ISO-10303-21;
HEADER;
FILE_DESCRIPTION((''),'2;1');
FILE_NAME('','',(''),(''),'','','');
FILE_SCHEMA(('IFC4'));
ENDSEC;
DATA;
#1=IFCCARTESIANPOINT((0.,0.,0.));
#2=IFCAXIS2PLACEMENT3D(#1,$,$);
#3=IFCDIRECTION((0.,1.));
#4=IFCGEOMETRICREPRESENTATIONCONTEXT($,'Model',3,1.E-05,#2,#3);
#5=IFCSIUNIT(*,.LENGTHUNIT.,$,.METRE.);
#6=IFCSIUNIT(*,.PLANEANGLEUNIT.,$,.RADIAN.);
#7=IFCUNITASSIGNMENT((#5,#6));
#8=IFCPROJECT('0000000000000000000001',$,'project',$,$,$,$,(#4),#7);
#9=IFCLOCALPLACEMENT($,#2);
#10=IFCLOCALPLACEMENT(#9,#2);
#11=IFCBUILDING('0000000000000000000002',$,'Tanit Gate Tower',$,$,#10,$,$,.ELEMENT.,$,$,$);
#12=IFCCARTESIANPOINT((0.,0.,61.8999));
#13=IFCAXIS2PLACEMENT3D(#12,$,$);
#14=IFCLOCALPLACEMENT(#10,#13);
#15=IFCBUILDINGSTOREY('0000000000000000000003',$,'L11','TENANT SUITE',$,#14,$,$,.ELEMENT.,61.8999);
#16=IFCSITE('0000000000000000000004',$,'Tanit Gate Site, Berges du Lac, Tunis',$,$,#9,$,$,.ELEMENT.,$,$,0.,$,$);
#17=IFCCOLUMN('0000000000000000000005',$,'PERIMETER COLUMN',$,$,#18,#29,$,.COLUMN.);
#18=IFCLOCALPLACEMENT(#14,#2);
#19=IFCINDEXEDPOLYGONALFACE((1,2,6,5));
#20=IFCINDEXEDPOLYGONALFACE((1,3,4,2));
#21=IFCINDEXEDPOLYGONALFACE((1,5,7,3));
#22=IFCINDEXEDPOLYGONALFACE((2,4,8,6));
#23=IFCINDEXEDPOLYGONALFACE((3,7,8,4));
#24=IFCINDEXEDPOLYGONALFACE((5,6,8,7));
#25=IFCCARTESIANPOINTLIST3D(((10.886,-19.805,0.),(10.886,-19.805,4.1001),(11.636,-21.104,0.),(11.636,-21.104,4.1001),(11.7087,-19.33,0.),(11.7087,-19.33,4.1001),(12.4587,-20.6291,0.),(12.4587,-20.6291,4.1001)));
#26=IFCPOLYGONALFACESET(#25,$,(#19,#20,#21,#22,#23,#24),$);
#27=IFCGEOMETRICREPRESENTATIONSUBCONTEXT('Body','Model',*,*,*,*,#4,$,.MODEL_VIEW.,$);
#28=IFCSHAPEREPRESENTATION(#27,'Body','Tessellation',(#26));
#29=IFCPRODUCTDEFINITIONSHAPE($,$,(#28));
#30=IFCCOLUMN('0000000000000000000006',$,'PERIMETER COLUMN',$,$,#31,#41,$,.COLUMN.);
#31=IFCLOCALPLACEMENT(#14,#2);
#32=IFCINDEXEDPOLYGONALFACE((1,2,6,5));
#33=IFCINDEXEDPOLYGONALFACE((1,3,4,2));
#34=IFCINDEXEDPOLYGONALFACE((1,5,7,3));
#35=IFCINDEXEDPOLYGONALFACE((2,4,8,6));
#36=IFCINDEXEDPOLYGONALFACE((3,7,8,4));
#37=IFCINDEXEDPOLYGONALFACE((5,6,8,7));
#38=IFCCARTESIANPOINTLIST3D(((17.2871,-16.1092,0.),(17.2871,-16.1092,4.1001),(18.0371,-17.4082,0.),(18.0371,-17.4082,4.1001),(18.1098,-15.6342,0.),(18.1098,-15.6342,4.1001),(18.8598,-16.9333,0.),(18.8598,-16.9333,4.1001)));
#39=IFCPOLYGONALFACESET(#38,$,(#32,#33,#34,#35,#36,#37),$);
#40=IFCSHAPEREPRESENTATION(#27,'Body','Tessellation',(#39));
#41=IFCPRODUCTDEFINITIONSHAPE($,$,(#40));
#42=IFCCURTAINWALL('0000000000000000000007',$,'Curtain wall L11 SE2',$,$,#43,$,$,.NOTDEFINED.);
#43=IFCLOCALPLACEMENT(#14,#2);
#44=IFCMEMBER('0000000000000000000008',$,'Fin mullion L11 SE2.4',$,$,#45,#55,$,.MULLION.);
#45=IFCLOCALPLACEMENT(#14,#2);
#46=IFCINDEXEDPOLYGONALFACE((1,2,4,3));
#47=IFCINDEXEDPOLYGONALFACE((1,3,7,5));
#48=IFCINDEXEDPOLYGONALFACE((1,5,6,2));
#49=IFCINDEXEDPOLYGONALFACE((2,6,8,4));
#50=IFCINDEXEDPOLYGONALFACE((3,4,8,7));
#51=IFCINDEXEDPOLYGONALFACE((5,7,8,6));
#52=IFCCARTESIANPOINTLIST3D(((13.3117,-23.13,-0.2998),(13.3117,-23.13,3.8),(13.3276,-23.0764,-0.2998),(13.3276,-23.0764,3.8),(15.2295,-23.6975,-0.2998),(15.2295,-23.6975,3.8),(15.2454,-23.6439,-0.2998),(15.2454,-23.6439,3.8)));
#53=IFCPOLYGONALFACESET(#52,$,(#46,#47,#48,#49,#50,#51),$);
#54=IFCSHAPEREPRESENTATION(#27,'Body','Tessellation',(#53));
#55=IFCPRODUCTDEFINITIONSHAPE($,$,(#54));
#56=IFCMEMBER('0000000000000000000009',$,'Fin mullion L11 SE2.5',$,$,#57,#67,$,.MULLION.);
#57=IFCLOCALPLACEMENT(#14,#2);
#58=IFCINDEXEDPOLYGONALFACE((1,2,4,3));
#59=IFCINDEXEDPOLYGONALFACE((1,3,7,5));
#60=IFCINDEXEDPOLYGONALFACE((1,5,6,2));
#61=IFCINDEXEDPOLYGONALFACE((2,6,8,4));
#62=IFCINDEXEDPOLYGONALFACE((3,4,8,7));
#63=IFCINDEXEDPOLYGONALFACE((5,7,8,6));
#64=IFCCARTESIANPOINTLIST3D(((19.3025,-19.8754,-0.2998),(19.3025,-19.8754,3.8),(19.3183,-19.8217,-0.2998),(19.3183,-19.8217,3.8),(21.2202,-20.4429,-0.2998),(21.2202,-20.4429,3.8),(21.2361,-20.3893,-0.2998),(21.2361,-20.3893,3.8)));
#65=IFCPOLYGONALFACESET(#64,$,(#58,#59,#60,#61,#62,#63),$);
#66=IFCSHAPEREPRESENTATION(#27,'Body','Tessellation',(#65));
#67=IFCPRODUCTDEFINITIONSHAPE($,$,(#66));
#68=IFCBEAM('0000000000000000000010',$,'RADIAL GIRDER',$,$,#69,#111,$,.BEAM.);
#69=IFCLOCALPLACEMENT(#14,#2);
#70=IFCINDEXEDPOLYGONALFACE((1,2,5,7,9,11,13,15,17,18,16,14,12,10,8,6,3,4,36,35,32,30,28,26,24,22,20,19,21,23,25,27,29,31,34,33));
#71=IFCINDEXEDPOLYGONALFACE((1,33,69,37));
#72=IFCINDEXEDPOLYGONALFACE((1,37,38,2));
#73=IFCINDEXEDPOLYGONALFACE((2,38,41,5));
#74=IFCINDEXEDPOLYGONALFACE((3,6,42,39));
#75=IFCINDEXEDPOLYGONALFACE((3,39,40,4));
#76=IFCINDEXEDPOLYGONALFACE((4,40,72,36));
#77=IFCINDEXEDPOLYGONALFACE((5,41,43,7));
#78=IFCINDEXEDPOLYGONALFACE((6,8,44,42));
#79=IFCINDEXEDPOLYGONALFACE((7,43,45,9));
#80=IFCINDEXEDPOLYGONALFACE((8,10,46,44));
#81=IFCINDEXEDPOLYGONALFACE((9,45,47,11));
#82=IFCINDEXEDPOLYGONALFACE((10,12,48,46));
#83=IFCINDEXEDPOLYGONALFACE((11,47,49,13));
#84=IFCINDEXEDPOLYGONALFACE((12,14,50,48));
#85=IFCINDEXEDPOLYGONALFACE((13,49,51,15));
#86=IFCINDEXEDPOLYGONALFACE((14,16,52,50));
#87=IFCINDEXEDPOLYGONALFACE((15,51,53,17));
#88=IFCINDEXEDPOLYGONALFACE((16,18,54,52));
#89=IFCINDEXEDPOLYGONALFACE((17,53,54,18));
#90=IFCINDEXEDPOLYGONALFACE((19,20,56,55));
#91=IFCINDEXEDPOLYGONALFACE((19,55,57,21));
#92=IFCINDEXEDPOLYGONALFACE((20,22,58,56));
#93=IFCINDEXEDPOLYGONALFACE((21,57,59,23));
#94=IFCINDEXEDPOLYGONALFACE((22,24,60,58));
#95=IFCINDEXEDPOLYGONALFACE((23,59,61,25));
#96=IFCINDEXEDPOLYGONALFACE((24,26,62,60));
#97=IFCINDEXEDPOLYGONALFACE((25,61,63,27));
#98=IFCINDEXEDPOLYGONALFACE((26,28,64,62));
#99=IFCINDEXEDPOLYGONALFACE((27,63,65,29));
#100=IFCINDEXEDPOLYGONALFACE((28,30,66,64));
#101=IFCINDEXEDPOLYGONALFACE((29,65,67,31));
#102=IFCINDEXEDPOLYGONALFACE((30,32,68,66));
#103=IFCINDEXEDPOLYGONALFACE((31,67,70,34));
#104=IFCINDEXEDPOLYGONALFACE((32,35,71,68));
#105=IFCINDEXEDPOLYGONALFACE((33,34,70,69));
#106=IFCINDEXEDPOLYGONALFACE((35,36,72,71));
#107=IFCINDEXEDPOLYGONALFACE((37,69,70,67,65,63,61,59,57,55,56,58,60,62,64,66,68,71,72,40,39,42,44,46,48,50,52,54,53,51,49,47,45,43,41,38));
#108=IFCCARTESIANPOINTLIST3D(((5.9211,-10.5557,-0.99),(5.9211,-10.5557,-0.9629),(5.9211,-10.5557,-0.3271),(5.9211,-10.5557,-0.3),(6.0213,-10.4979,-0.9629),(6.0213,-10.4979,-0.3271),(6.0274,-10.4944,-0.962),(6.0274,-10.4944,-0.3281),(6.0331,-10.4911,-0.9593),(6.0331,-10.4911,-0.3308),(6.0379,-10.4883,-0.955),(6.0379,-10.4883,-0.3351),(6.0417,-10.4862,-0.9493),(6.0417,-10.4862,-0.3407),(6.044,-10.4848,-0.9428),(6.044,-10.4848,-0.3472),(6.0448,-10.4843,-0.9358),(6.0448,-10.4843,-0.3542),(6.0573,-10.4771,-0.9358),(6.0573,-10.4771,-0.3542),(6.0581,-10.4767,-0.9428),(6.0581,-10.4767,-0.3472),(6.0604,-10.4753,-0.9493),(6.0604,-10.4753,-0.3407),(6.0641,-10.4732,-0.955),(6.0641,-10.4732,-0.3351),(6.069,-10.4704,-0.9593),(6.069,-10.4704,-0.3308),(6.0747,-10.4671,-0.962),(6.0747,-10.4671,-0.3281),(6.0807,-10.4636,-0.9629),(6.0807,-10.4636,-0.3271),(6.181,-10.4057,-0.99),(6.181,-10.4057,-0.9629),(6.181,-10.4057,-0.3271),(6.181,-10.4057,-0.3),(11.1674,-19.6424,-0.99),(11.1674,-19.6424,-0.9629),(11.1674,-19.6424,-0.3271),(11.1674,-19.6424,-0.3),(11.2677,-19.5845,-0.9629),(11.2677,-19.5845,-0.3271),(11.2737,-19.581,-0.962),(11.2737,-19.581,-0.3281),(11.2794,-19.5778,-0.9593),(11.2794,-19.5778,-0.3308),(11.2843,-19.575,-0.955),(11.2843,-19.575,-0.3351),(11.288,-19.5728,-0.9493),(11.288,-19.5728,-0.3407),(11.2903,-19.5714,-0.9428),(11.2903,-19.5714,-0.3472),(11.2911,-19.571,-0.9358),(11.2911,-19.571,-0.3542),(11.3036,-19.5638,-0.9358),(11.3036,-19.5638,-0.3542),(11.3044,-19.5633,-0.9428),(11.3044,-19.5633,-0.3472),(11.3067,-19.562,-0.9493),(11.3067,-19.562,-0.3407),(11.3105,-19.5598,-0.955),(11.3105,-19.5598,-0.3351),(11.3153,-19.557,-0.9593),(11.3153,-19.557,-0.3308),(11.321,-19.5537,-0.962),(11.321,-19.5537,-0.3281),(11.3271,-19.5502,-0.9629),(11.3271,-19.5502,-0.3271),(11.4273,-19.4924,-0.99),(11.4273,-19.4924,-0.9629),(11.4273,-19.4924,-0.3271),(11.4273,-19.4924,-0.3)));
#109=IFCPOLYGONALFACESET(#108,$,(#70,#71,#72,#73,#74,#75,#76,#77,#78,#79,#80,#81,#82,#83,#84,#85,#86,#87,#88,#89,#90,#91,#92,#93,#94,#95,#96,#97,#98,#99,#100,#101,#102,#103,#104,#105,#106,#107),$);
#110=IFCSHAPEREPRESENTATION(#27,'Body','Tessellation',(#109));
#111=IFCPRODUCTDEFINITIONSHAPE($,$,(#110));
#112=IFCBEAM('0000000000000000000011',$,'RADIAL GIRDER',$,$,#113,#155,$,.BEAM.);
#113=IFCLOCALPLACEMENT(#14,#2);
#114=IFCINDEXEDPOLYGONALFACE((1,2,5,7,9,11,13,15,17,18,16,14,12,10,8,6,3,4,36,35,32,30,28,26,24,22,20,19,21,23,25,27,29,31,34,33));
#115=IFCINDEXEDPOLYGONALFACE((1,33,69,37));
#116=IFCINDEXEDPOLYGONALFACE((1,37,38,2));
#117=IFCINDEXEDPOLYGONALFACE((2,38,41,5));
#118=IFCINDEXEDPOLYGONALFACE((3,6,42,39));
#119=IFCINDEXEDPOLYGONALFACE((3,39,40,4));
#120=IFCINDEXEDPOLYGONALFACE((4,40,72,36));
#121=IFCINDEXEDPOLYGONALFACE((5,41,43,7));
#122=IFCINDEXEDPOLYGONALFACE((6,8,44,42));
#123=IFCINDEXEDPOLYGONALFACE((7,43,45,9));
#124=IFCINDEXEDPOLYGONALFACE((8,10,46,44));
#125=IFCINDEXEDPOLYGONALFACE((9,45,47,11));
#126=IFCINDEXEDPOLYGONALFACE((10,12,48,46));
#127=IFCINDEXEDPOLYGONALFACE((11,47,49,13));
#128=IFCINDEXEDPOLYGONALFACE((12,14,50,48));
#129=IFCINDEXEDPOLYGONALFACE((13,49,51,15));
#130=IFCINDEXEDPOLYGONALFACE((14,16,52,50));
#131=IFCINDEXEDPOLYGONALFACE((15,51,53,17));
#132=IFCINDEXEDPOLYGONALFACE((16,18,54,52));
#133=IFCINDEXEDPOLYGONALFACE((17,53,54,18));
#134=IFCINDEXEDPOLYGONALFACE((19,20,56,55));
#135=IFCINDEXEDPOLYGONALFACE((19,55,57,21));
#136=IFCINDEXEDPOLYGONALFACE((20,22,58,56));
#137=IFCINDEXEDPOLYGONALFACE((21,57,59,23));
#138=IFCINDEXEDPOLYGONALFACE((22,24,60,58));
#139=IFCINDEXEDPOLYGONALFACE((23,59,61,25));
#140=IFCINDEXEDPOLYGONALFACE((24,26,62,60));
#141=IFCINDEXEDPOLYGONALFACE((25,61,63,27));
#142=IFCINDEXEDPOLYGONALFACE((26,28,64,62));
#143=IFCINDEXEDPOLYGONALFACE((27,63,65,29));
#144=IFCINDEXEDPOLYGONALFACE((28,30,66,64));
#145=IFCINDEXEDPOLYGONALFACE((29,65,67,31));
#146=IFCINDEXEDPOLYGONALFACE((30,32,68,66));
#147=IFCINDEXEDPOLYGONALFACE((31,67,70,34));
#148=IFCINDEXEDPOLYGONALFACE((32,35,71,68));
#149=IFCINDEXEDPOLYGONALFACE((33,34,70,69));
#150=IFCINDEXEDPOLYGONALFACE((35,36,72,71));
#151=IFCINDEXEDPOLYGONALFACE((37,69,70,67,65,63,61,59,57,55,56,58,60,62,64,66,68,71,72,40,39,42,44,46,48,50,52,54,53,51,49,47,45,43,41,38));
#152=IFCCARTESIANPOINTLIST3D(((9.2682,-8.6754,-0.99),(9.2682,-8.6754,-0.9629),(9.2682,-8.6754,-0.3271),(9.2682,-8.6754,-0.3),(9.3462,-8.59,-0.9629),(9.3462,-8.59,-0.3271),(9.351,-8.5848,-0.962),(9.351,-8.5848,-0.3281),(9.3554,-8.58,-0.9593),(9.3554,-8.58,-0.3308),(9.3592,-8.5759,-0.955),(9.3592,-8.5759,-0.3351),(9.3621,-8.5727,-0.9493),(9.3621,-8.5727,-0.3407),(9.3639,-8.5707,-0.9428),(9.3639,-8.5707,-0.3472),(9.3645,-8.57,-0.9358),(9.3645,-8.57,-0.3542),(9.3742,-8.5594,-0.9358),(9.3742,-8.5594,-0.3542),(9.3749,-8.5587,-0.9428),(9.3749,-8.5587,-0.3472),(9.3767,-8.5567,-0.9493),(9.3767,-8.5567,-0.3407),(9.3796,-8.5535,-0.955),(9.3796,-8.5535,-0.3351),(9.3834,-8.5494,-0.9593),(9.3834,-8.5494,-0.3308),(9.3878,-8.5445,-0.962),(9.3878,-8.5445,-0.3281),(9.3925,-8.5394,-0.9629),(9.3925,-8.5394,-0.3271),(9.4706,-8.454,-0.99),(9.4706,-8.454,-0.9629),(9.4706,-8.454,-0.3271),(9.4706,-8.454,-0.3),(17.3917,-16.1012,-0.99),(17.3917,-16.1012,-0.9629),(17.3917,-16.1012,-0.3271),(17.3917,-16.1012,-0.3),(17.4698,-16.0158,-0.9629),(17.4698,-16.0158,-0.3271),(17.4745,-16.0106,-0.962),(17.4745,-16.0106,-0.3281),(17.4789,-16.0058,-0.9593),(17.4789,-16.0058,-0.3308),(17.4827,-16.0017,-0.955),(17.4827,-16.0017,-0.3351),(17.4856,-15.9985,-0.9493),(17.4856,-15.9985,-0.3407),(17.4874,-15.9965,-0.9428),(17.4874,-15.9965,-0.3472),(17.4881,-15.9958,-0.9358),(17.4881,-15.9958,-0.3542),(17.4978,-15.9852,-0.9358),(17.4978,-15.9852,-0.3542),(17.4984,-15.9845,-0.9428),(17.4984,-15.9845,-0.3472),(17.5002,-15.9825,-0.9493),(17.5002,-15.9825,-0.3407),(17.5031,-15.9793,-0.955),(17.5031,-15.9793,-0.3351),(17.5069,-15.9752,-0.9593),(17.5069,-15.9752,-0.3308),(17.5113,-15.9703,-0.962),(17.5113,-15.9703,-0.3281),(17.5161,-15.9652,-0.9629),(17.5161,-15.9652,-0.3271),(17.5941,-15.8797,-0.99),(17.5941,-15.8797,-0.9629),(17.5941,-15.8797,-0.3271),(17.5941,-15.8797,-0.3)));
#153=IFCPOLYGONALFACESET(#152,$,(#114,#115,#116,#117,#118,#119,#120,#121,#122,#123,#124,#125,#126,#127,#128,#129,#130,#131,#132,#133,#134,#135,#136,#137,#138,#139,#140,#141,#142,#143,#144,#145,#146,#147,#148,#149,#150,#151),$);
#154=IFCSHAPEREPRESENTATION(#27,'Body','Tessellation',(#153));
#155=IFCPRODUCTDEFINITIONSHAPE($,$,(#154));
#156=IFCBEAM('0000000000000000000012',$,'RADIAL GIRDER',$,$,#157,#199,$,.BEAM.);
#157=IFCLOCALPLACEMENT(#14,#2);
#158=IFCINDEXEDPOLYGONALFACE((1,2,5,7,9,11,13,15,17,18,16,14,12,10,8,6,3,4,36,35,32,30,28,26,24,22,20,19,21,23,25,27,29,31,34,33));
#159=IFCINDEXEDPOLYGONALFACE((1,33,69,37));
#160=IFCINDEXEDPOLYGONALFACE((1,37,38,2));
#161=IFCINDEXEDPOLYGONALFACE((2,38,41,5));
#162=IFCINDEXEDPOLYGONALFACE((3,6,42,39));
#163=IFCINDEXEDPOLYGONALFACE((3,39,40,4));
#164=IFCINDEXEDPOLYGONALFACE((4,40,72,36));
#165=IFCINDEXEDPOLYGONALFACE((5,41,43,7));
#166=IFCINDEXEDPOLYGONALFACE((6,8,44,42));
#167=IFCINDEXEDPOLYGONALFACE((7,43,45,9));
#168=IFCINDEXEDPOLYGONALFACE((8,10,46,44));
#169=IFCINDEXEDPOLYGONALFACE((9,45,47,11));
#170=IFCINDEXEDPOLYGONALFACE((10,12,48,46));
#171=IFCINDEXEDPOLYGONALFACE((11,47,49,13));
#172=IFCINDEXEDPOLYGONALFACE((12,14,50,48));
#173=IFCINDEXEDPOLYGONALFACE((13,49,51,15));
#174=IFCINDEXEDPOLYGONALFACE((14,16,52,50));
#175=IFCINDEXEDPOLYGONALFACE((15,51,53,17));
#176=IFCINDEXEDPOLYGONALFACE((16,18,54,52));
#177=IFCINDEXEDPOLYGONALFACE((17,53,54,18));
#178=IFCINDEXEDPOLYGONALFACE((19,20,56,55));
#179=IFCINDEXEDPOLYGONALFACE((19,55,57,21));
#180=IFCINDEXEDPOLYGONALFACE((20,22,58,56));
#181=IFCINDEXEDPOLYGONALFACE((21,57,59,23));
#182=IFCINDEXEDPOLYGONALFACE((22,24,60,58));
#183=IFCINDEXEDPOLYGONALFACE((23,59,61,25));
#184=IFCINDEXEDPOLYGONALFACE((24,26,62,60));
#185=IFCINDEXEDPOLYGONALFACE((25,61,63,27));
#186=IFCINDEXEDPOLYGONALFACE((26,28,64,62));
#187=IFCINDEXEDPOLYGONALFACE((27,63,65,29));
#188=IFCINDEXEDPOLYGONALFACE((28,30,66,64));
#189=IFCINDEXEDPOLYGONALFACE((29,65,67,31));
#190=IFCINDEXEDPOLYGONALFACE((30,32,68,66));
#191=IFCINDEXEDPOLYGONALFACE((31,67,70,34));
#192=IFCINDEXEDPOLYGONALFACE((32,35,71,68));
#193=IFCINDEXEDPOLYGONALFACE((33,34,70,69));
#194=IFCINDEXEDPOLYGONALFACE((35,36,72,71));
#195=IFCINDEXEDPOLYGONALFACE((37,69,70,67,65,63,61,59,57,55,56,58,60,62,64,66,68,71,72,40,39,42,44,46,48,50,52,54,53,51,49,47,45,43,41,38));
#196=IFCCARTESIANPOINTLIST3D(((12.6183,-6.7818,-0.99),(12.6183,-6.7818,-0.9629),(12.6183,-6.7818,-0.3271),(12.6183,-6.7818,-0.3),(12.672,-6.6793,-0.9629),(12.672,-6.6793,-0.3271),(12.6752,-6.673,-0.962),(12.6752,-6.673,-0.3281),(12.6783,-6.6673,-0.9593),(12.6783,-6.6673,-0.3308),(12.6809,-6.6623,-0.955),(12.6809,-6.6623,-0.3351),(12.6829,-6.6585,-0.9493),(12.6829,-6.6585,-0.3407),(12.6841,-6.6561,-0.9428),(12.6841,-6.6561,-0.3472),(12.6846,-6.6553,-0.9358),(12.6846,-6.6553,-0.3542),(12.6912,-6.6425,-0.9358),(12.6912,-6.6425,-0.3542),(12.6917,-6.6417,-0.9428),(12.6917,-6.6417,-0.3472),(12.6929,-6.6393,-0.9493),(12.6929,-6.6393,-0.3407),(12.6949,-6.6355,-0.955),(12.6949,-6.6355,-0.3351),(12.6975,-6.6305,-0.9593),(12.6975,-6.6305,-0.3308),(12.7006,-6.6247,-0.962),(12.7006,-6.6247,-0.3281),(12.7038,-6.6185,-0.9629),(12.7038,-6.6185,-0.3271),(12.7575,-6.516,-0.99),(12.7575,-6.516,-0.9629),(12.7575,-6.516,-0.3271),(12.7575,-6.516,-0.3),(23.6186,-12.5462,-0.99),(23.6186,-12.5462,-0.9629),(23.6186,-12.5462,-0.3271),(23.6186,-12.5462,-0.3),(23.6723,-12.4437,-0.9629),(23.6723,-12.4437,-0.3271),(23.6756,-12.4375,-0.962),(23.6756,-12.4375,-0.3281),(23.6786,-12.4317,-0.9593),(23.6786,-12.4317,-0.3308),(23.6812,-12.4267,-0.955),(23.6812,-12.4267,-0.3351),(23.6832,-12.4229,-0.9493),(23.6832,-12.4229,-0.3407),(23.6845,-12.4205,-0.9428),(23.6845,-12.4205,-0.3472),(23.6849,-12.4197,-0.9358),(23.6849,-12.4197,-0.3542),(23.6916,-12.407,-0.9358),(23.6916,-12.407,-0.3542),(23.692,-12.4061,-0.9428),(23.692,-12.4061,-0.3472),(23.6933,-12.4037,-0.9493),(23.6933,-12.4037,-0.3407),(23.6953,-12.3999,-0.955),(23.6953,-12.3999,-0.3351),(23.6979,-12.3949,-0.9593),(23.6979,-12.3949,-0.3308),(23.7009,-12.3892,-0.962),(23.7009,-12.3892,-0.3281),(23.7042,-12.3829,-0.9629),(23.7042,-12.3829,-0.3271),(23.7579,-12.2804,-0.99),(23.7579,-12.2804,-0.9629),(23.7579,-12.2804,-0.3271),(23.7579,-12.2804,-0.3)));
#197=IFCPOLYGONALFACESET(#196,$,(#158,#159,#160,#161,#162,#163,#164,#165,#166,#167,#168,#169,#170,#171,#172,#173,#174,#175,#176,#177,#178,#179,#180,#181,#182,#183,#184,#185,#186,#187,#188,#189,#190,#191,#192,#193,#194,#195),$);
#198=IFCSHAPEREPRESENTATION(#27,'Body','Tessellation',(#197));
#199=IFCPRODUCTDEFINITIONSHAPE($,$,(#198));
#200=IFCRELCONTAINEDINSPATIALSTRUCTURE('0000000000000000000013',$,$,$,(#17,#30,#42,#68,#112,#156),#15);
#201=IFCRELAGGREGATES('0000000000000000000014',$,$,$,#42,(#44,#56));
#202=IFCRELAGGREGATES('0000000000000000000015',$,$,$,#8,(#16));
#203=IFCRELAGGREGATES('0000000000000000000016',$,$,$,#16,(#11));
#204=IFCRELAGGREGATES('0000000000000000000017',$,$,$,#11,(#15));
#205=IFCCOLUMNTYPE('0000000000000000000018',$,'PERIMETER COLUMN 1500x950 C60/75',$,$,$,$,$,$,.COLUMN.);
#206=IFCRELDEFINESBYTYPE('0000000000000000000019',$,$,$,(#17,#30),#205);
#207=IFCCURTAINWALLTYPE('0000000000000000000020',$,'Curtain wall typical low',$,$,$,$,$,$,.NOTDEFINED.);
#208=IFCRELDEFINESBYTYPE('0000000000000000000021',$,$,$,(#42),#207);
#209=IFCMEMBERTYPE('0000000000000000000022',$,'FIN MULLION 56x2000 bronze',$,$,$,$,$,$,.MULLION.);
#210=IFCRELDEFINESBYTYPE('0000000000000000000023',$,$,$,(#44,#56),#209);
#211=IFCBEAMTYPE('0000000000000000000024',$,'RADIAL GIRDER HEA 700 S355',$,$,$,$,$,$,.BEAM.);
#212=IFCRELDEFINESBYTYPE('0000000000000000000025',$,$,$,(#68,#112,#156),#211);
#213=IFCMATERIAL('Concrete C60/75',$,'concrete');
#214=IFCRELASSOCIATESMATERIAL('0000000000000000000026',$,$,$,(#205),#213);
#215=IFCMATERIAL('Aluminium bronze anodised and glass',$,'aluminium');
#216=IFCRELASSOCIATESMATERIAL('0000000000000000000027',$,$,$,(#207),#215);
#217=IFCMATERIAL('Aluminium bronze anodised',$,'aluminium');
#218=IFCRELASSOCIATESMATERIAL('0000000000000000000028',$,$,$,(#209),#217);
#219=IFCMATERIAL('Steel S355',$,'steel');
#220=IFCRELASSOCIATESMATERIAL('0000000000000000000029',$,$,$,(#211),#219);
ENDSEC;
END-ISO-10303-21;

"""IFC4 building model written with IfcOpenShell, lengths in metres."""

from ifc_helpers import new_model, si_unit, direction, frame, origin, origin_2d, place, context, subcontext, project, spatial, rectangle, i_section, extrude, material, material_profile, profile_set, type_object, element, aggregate, save


model = new_model("IFC4")

# Units and contexts
model_context = context("Model", 3, precision=1e-05, world=origin(), true_north=direction((0.0, 1.0)))
body_context = subcontext(model_context, "Body", "Model", "MODEL_VIEW")
ifc_project = project(units=[si_unit("LENGTHUNIT", "METRE"), si_unit("PLANEANGLEUNIT", "RADIAN")], contexts=[model_context])

# Site, building, storey
site_placement = place(None, origin())
site = spatial("IfcSite", under=ifc_project, at=site_placement, Name="Tanit Gate Site, Berges du Lac, Tunis", CompositionType="ELEMENT", RefElevation=0.0)
building_placement = place(site_placement, origin())
building = spatial("IfcBuilding", under=site, at=building_placement, Name="Tanit Gate Tower", CompositionType="ELEMENT")
storey_placement = place(building_placement, frame((0.0, 0.0, 61.8999)))
storey = spatial("IfcBuildingStorey", under=building, at=storey_placement, Name="L11", Description="TENANT SUITE", CompositionType="ELEMENT", Elevation=61.8999)

# Columns
ifc_material_1 = material(Name="Concrete C60/75", Category="concrete")
ifc_material_profile_1 = material_profile(ifc_material_1, rectangle(XDim=1.5, YDim=0.95, at=origin_2d()), Name="RC 1500x950")
ifc_profile_set_1 = profile_set([ifc_material_profile_1], Name="Concrete C60/75")
column_type = type_object("IfcColumnType", Name="PERIMETER COLUMN 1500x950 C60/75", PredefinedType="COLUMN", material=ifc_profile_set_1)
for number, where, z_axis, x_axis, name in (
    (1, (11.6724, -20.217, 0.0), (0.0, 0.0, 1.0), (0.5, -0.866025, 0.0), "PERIMETER COLUMN"),
    (2, (18.0735, -16.5212, 0.0), (0.0, 0.0, 1.0), (0.5, -0.866025, 0.0), "PERIMETER COLUMN"),
):
    element("IfcColumn", number, at=place(storey_placement, frame(where, z_axis=z_axis, x_axis=x_axis)), inside=storey, type_object=column_type, Name=name, PredefinedType="COLUMN", context=body_context, shape_type="SweptSolid", body=[
        extrude(rectangle(XDim=1.5, YDim=0.95, at=origin_2d()), origin(), (0.0, 0.0, 1.0), 4.1001),
    ])

# Curtain wall, members
ifc_material_2 = material(Name="Aluminium bronze anodised and glass", Category="aluminium")
curtain_wall_type = type_object("IfcCurtainWallType", Name="Curtain wall typical low", PredefinedType="NOTDEFINED", material=ifc_material_2)
curtain_wall_placement = place(storey_placement, origin())
curtain_wall = element("IfcCurtainWall", 3, at=curtain_wall_placement, inside=storey, type_object=curtain_wall_type, Name="Curtain wall L11 SE2", PredefinedType="NOTDEFINED")
ifc_material_3 = material(Name="Aluminium bronze anodised", Category="aluminium")
ifc_material_profile_2 = material_profile(ifc_material_3, rectangle(XDim=2.0, YDim=0.0559, at=origin_2d()), Name="56x2000 bronze fin mullion")
ifc_profile_set_2 = profile_set([ifc_material_profile_2], Name="Aluminium bronze anodised")
member_type_1 = type_object("IfcMemberType", Name="FIN MULLION 56x2000 bronze", PredefinedType="MULLION", material=ifc_profile_set_2)
member_1_placement = place(storey_placement, frame((14.2786, -23.387, -0.2998), z_axis=(0.0, 0.0, 1.0), x_axis=(-0.958892, 0.283773, 0.0)))
member_1 = element("IfcMember", 4, at=member_1_placement, type_object=member_type_1, Name="Fin mullion L11 SE2.4", PredefinedType="MULLION", context=body_context, shape_type="SweptSolid", body=[
    extrude(rectangle(XDim=2.0, YDim=0.0559, at=origin_2d()), origin(), (0.0, 0.0, 1.0), 4.0999),
])
member_2_placement = place(storey_placement, frame((20.2693, -20.1323, -0.2998), z_axis=(0.0, 0.0, 1.0), x_axis=(-0.958892, 0.283773, 0.0)))
member_2 = element("IfcMember", 5, at=member_2_placement, type_object=member_type_1, Name="Fin mullion L11 SE2.5", PredefinedType="MULLION", context=body_context, shape_type="SweptSolid", body=[
    extrude(rectangle(XDim=2.0, YDim=0.0559, at=origin_2d()), origin(), (0.0, 0.0, 1.0), 4.0999),
])

# Beams
ifc_material_4 = material(Name="Steel S355", Category="steel")
ifc_material_profile_3 = material_profile(ifc_material_4, i_section(OverallWidth=0.3, OverallDepth=0.6899, WebThickness=0.0144, FlangeThickness=0.0271, FilletRadius=0.0271, at=origin_2d()), Name="HEA 700")
ifc_profile_set_3 = profile_set([ifc_material_profile_3], Name="Steel S355")
beam_type = type_object("IfcBeamType", Name="RADIAL GIRDER HEA 700 S355", PredefinedType="BEAM", material=ifc_profile_set_3)
beam_1_placement = place(storey_placement, frame((11.2974, -19.5674, -0.645), z_axis=(-0.50001, 0.866019, 0.0), x_axis=(-0.866019, -0.50001, 0.0)))
element("IfcBeam", 6, at=beam_1_placement, inside=storey, type_object=beam_type, Name="RADIAL GIRDER", PredefinedType="BEAM", context=body_context, shape_type="SweptSolid", body=[
    extrude(i_section(OverallWidth=0.3, OverallDepth=0.6899, WebThickness=0.0144, FlangeThickness=0.0271, FilletRadius=0.0271, at=origin_2d()), origin(), (0.0, 0.0, 1.0), 10.4924),
])
beam_2_placement = place(storey_placement, frame((17.4929, -15.9905, -0.645), z_axis=(-0.738094, 0.674697, 0.0), x_axis=(-0.674697, -0.738094, 0.0)))
element("IfcBeam", 7, at=beam_2_placement, inside=storey, type_object=beam_type, Name="RADIAL GIRDER", PredefinedType="BEAM", context=body_context, shape_type="SweptSolid", body=[
    extrude(i_section(OverallWidth=0.3, OverallDepth=0.6899, WebThickness=0.0144, FlangeThickness=0.0271, FilletRadius=0.0271, at=origin_2d()), origin(), (0.0, 0.0, 1.0), 11.0061),
])
beam_3_placement = place(storey_placement, frame((23.6882, -12.4133, -0.645), z_axis=(-0.885753, 0.464157, 0.0), x_axis=(-0.464157, -0.885753, 0.0)))
element("IfcBeam", 8, at=beam_3_placement, inside=storey, type_object=beam_type, Name="RADIAL GIRDER", PredefinedType="BEAM", context=body_context, shape_type="SweptSolid", body=[
    extrude(i_section(OverallWidth=0.3, OverallDepth=0.6899, WebThickness=0.0144, FlangeThickness=0.0271, FilletRadius=0.0271, at=origin_2d()), origin(), (0.0, 0.0, 1.0), 12.4192),
])

aggregate(curtain_wall, [member_1, member_2])

save(model, "model.ifc")
